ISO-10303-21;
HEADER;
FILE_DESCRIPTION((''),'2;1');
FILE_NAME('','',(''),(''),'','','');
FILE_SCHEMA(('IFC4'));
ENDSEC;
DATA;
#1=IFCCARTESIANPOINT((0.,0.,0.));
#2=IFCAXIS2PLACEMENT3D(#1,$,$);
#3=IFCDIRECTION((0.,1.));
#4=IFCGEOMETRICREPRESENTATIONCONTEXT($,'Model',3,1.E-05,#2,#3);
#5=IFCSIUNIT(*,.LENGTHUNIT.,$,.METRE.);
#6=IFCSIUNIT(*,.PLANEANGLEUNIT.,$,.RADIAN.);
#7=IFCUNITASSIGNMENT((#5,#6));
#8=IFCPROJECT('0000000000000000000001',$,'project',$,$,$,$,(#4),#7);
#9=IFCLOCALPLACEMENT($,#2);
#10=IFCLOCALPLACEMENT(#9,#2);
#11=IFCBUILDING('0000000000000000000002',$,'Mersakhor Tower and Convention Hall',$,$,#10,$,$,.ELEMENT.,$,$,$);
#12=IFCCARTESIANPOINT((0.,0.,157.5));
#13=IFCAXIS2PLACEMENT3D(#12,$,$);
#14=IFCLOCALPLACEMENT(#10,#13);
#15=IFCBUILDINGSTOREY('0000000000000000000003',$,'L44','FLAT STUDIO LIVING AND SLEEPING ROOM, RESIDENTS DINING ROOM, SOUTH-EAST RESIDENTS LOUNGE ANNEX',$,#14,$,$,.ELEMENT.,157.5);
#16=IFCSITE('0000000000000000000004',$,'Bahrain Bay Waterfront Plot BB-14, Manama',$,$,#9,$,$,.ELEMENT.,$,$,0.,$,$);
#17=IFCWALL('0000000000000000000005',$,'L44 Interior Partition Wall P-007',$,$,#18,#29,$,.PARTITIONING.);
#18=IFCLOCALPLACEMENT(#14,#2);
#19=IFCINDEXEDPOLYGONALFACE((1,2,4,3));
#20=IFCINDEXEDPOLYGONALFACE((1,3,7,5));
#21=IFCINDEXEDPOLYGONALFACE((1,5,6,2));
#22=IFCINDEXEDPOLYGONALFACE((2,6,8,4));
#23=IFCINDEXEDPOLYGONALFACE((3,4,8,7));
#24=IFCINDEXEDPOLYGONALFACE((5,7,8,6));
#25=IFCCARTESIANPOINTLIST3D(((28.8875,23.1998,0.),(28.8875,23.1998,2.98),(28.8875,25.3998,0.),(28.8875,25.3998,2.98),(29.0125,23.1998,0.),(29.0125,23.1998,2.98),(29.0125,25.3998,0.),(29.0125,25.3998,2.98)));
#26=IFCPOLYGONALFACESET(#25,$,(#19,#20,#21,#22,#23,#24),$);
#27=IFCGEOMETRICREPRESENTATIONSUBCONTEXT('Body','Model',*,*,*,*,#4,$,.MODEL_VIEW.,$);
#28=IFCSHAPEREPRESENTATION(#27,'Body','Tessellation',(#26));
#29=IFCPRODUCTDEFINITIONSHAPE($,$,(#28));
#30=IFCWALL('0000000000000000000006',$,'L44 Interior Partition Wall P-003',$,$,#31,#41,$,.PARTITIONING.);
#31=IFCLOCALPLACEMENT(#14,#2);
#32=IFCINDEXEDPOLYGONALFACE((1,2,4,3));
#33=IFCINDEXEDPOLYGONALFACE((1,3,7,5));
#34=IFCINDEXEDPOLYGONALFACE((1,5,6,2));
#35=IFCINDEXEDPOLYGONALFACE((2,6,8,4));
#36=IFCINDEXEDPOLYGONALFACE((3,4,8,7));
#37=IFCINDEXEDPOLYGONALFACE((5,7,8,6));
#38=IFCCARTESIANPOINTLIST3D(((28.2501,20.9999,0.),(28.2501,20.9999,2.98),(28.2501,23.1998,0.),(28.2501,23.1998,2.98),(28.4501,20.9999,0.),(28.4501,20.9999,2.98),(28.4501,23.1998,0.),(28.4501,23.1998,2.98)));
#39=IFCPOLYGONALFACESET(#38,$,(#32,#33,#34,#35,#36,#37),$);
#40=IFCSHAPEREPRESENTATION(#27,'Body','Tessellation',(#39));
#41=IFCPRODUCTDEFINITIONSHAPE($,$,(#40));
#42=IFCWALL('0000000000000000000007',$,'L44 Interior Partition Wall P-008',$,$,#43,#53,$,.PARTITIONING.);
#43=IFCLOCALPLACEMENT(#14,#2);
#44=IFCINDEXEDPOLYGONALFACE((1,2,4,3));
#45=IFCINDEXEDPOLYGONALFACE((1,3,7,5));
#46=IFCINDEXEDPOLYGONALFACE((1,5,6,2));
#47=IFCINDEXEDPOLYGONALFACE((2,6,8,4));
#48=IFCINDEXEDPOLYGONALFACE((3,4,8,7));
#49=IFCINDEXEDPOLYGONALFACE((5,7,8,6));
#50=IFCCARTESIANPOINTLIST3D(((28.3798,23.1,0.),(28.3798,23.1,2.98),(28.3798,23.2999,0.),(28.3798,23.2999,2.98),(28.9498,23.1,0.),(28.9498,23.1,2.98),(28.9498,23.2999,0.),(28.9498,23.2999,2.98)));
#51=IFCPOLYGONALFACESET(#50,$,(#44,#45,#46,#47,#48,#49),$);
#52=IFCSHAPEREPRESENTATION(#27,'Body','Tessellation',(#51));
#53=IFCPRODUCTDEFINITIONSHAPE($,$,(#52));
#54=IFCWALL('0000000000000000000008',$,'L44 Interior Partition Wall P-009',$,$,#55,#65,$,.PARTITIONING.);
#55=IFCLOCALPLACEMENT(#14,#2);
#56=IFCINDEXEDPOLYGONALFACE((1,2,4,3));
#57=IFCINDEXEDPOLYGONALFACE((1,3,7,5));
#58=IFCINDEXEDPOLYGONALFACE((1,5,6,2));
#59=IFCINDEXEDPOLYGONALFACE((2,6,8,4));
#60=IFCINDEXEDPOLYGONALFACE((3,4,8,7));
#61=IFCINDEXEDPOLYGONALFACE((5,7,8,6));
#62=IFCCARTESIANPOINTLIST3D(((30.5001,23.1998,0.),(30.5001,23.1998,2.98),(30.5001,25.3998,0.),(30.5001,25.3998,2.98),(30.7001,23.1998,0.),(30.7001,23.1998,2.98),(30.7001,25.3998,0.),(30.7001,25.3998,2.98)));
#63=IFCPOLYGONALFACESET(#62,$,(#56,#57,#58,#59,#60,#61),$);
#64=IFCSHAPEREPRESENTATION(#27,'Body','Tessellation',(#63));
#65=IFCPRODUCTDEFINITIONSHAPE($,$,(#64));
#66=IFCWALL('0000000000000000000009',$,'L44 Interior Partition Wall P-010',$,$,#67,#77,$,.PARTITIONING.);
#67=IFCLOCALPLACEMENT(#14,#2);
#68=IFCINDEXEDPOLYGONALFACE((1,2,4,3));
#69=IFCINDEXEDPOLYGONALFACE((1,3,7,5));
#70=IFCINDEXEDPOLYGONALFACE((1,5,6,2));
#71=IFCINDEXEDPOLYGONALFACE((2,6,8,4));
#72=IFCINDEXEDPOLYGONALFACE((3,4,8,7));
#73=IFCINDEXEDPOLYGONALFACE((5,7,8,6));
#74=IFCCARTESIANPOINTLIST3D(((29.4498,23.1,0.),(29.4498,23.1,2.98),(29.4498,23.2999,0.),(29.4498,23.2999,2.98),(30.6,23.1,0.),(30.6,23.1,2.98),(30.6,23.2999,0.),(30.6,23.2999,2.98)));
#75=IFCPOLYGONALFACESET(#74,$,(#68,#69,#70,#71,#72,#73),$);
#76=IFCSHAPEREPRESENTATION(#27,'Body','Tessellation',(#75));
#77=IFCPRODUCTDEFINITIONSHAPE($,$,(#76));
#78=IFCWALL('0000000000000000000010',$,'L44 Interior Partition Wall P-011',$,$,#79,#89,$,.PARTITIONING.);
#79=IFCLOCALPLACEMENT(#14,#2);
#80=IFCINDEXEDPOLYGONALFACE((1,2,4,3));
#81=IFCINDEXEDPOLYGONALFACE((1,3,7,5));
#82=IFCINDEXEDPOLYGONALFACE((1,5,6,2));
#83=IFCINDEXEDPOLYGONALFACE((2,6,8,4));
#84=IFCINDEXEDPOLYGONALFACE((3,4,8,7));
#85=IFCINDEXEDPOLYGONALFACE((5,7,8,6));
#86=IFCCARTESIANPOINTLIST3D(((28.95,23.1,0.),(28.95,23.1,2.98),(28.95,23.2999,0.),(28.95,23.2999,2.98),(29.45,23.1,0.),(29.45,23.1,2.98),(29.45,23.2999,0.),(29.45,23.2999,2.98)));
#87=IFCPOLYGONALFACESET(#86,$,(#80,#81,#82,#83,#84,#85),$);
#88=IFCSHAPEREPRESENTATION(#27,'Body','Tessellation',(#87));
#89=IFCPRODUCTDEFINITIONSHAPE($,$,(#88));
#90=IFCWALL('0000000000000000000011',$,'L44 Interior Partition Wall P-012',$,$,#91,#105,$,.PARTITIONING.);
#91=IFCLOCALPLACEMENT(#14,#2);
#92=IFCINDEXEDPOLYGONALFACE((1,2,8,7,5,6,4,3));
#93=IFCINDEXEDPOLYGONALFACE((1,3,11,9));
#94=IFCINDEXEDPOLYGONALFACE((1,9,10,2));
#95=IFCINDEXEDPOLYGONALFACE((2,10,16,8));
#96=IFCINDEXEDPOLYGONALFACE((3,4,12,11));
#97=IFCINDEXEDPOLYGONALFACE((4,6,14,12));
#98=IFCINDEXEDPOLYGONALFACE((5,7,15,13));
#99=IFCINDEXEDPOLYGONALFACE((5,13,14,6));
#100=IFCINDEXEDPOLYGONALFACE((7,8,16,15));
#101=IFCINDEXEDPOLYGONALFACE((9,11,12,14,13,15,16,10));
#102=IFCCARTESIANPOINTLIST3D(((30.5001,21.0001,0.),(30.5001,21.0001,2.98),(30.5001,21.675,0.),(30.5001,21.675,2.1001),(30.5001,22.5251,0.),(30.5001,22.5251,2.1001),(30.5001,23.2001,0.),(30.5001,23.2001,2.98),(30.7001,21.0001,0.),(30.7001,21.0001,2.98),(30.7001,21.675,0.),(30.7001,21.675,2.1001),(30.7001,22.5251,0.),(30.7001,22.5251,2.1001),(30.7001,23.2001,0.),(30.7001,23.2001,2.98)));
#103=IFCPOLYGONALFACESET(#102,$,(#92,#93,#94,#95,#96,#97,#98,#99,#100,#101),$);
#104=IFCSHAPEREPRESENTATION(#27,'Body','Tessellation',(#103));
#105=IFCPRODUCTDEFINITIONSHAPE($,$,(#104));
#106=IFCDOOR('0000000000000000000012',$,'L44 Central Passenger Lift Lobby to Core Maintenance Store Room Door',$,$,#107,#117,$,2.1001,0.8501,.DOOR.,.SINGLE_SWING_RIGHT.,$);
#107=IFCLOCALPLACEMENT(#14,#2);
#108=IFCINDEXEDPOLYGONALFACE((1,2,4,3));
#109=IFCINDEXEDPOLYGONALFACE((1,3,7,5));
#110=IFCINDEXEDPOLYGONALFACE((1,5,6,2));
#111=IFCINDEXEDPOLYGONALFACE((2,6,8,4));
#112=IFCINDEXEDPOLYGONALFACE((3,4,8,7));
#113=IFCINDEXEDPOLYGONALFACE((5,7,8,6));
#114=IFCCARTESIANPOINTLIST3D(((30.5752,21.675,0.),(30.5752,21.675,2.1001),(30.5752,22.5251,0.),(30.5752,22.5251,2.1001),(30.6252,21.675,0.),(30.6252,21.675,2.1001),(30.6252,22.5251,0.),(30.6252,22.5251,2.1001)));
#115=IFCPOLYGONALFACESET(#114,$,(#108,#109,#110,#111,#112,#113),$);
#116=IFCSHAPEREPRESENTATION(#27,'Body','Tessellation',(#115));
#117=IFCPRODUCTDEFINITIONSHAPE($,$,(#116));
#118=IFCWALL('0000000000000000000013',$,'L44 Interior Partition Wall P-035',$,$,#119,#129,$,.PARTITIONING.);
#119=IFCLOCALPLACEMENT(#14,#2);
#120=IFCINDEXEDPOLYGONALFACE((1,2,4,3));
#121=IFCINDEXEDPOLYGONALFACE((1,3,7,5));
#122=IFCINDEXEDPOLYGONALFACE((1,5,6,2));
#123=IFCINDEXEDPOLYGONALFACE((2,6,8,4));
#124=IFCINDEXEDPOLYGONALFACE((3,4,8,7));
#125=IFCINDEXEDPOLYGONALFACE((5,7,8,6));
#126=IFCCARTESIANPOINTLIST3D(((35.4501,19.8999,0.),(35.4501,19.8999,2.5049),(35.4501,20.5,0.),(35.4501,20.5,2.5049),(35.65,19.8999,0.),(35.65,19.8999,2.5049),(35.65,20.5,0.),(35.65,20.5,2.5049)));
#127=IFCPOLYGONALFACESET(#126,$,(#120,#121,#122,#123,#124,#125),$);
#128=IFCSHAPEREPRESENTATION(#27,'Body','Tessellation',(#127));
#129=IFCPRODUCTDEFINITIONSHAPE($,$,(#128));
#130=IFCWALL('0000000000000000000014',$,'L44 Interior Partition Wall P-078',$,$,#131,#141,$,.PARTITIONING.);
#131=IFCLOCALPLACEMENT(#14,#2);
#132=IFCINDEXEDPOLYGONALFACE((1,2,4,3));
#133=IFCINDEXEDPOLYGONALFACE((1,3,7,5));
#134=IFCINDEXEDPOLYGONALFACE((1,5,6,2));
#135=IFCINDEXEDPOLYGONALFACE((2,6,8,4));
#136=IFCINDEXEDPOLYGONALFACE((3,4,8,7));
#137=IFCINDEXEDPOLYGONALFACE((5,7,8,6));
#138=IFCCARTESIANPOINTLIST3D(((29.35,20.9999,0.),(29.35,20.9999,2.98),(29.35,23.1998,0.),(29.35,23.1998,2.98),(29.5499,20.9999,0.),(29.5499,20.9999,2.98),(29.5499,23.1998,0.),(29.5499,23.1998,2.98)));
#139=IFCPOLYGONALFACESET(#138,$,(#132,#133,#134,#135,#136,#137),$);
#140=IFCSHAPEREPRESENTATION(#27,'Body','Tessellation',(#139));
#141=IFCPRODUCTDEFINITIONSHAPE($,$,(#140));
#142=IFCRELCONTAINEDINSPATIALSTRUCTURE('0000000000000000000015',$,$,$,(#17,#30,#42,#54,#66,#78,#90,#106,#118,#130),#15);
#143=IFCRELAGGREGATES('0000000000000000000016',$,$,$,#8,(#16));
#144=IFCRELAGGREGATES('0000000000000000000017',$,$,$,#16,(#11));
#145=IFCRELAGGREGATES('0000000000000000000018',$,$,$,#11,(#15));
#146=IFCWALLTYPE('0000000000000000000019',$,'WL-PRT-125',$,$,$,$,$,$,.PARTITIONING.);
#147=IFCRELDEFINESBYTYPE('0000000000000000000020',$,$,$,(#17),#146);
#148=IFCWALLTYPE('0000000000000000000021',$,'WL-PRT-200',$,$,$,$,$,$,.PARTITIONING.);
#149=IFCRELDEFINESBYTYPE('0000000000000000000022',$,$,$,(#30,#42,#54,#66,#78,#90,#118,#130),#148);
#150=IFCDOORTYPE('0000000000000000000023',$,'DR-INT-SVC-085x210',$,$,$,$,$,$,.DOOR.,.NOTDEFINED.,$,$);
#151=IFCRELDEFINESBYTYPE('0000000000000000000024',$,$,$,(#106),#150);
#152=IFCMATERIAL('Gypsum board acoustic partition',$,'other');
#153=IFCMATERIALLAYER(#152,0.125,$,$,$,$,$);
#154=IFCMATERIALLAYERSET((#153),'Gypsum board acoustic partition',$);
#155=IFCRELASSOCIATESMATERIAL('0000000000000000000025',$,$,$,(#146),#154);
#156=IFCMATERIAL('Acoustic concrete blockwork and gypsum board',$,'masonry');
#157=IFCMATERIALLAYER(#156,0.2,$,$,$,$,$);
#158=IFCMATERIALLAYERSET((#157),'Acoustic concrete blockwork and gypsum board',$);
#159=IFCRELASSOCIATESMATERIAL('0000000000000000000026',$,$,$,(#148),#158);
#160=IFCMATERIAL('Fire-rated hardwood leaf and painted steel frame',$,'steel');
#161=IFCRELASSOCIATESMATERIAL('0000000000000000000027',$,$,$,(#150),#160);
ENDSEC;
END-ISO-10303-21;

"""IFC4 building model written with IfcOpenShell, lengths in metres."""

from ifc_helpers import new_model, si_unit, direction, frame, frame_2d, origin, place, context, subcontext, project, spatial, rectangle, extrude, material, layer, layer_set, type_object, element, fill, save


model = new_model("IFC4")

# Units and contexts
model_context = context("Model", 3, precision=1e-05, world=origin(), true_north=direction((0.0, 1.0)))
body_context = subcontext(model_context, "Body", "Model", "MODEL_VIEW")
ifc_project = project(units=[si_unit("LENGTHUNIT", "METRE"), si_unit("PLANEANGLEUNIT", "RADIAN")], contexts=[model_context])

# Site, building, storey
site_placement = place(None, origin())
site = spatial("IfcSite", under=ifc_project, at=site_placement, Name="Bahrain Bay Waterfront Plot BB-14, Manama", CompositionType="ELEMENT", RefElevation=0.0)
building_placement = place(site_placement, origin())
building = spatial("IfcBuilding", under=site, at=building_placement, Name="Mersakhor Tower and Convention Hall", CompositionType="ELEMENT")
storey_placement = place(building_placement, frame((0.0, 0.0, 157.5)))
storey = spatial("IfcBuildingStorey", under=building, at=storey_placement, Name="L44", Description="FLAT STUDIO LIVING AND SLEEPING ROOM, RESIDENTS DINING ROOM, SOUTH-EAST RESIDENTS LOUNGE ANNEX", CompositionType="ELEMENT", Elevation=157.5)

# Walls
ifc_material_1 = material(Name="Gypsum board acoustic partition", Category="other")
ifc_layer_1 = layer(ifc_material_1, 0.125)
ifc_layer_set_1 = layer_set([ifc_layer_1], Name="Gypsum board acoustic partition")
wall_type_1 = type_object("IfcWallType", Name="WL-PRT-125", PredefinedType="PARTITIONING", material=ifc_layer_set_1)
wall_1_placement = place(storey_placement, frame((28.95, 25.3999, 0.0), z_axis=(0.0, 0.0, 1.0), x_axis=(0.0, -1.0, 0.0)))
element("IfcWall", 1, at=wall_1_placement, inside=storey, type_object=wall_type_1, Name="L44 Interior Partition Wall P-007", PredefinedType="PARTITIONING", context=body_context, shape_type="SweptSolid", body=[
    extrude(rectangle(XDim=2.2, YDim=0.125, at=frame_2d((1.1001, 0.0))), origin(), (0.0, 0.0, 1.0), 2.98),
])
ifc_material_2 = material(Name="Acoustic concrete blockwork and gypsum board", Category="masonry")
ifc_layer_2 = layer(ifc_material_2, 0.2)
ifc_layer_set_2 = layer_set([ifc_layer_2], Name="Acoustic concrete blockwork and gypsum board")
wall_type_2 = type_object("IfcWallType", Name="WL-PRT-200", PredefinedType="PARTITIONING", material=ifc_layer_set_2)
wall_2_placement = place(storey_placement, frame((28.3501, 23.2, 0.0), z_axis=(0.0, 0.0, 1.0), x_axis=(0.0, -1.0, 0.0)))
element("IfcWall", 2, at=wall_2_placement, inside=storey, type_object=wall_type_2, Name="L44 Interior Partition Wall P-003", PredefinedType="PARTITIONING", context=body_context, shape_type="SweptSolid", body=[
    extrude(rectangle(XDim=2.2, YDim=0.2, at=frame_2d((1.1001, 0.0))), origin(), (0.0, 0.0, 1.0), 2.98),
])
wall_3_placement = place(storey_placement, frame((28.95, 23.2, 0.0), z_axis=(0.0, 0.0, 1.0), x_axis=(-1.0, 0.0, 0.0)))
element("IfcWall", 3, at=wall_3_placement, inside=storey, type_object=wall_type_2, Name="L44 Interior Partition Wall P-008", PredefinedType="PARTITIONING", context=body_context, shape_type="SweptSolid", body=[
    extrude(rectangle(XDim=0.5701, YDim=0.2, at=frame_2d((0.2852, 0.0))), origin(), (0.0, 0.0, 1.0), 2.98),
])
wall_4_placement = place(storey_placement, frame((30.6001, 25.3999, 0.0), z_axis=(0.0, 0.0, 1.0), x_axis=(0.0, -1.0, 0.0)))
element("IfcWall", 4, at=wall_4_placement, inside=storey, type_object=wall_type_2, Name="L44 Interior Partition Wall P-009", PredefinedType="PARTITIONING", context=body_context, shape_type="SweptSolid", body=[
    extrude(rectangle(XDim=2.2, YDim=0.2, at=frame_2d((1.1001, 0.0))), origin(), (0.0, 0.0, 1.0), 2.98),
])
wall_5_placement = place(storey_placement, frame((30.6001, 23.2, 0.0), z_axis=(0.0, 0.0, 1.0), x_axis=(-1.0, 0.0, 0.0)))
element("IfcWall", 5, at=wall_5_placement, inside=storey, type_object=wall_type_2, Name="L44 Interior Partition Wall P-010", PredefinedType="PARTITIONING", context=body_context, shape_type="SweptSolid", body=[
    extrude(rectangle(XDim=1.1501, YDim=0.2, at=frame_2d((0.5752, 0.0))), origin(), (0.0, 0.0, 1.0), 2.98),
])
wall_6_placement = place(storey_placement, frame((29.45, 23.2, 0.0), z_axis=(0.0, 0.0, 1.0), x_axis=(-1.0, 0.0, 0.0)))
element("IfcWall", 6, at=wall_6_placement, inside=storey, type_object=wall_type_2, Name="L44 Interior Partition Wall P-011", PredefinedType="PARTITIONING", context=body_context, shape_type="SweptSolid", body=[
    extrude(rectangle(XDim=0.5, YDim=0.2, at=frame_2d((0.25, 0.0))), origin(), (0.0, 0.0, 1.0), 2.98),
])

# Wall, opening, door
wall_7_placement = place(storey_placement, frame((30.6001, 21.0, 0.0), z_axis=(0.0, 0.0, 1.0), x_axis=(0.0, 1.0, 0.0)))
wall_7 = element("IfcWall", 7, at=wall_7_placement, inside=storey, type_object=wall_type_2, Name="L44 Interior Partition Wall P-012", PredefinedType="PARTITIONING", context=body_context, shape_type="SweptSolid", body=[
    extrude(rectangle(XDim=2.2, YDim=0.2, at=frame_2d((1.1001, 0.0))), origin(), (0.0, 0.0, 1.0), 2.98),
])
opening_1_placement = place(wall_7_placement, frame((0.675, 0.0, 0.0)))
opening_1 = element("IfcOpeningElement", 8, at=opening_1_placement, cuts=wall_7, PredefinedType="OPENING", context=body_context, shape_type="SweptSolid", body=[
    extrude(rectangle(XDim=0.8501, YDim=2.1001, at=frame_2d((0.425, 1.05))), frame((0.0, 0.1099, 0.0), z_axis=(0.0, -1.0, 0.0), x_axis=(1.0, 0.0, 0.0)), (0.0, 0.0, 1.0), 0.22),
])
ifc_material_3 = material(Name="Fire-rated hardwood leaf and painted steel frame", Category="steel")
door_type_1 = type_object("IfcDoorType", Name="DR-INT-SVC-085x210", OperationType="NOTDEFINED", PredefinedType="DOOR", material=ifc_material_3)
door_1_placement = place(opening_1_placement, origin())
door_1 = element("IfcDoor", 9, at=door_1_placement, inside=storey, type_object=door_type_1, Name="L44 Central Passenger Lift Lobby to Core Maintenance Store Room Door", OperationType="SINGLE_SWING_RIGHT", OverallHeight=2.1001, OverallWidth=0.8501, PredefinedType="DOOR", context=body_context, shape_type="SweptSolid", body=[
    extrude(rectangle(XDim=0.8501, YDim=2.1001, at=frame_2d((0.425, 1.05))), frame((0.0, 0.0249, 0.0), z_axis=(0.0, -1.0, 0.0), x_axis=(1.0, 0.0, 0.0)), (0.0, 0.0, 1.0), 0.05),
])
fill(opening_1, door_1)

# Walls
wall_8_placement = place(storey_placement, frame((35.55, 20.5, 0.0), z_axis=(0.0, 0.0, 1.0), x_axis=(0.0, -1.0, 0.0)))
element("IfcWall", 10, at=wall_8_placement, inside=storey, type_object=wall_type_2, Name="L44 Interior Partition Wall P-035", PredefinedType="PARTITIONING", context=body_context, shape_type="SweptSolid", body=[
    extrude(rectangle(XDim=0.6001, YDim=0.2, at=frame_2d((0.3, 0.0))), origin(), (0.0, 0.0, 1.0), 2.5049),
])
wall_9_placement = place(storey_placement, frame((29.45, 23.2, 0.0), z_axis=(0.0, 0.0, 1.0), x_axis=(0.0, -1.0, 0.0)))
element("IfcWall", 11, at=wall_9_placement, inside=storey, type_object=wall_type_2, Name="L44 Interior Partition Wall P-078", PredefinedType="PARTITIONING", context=body_context, shape_type="SweptSolid", body=[
    extrude(rectangle(XDim=2.2, YDim=0.2, at=frame_2d((1.1001, 0.0))), origin(), (0.0, 0.0, 1.0), 2.98),
])

save(model, "model.ifc")
